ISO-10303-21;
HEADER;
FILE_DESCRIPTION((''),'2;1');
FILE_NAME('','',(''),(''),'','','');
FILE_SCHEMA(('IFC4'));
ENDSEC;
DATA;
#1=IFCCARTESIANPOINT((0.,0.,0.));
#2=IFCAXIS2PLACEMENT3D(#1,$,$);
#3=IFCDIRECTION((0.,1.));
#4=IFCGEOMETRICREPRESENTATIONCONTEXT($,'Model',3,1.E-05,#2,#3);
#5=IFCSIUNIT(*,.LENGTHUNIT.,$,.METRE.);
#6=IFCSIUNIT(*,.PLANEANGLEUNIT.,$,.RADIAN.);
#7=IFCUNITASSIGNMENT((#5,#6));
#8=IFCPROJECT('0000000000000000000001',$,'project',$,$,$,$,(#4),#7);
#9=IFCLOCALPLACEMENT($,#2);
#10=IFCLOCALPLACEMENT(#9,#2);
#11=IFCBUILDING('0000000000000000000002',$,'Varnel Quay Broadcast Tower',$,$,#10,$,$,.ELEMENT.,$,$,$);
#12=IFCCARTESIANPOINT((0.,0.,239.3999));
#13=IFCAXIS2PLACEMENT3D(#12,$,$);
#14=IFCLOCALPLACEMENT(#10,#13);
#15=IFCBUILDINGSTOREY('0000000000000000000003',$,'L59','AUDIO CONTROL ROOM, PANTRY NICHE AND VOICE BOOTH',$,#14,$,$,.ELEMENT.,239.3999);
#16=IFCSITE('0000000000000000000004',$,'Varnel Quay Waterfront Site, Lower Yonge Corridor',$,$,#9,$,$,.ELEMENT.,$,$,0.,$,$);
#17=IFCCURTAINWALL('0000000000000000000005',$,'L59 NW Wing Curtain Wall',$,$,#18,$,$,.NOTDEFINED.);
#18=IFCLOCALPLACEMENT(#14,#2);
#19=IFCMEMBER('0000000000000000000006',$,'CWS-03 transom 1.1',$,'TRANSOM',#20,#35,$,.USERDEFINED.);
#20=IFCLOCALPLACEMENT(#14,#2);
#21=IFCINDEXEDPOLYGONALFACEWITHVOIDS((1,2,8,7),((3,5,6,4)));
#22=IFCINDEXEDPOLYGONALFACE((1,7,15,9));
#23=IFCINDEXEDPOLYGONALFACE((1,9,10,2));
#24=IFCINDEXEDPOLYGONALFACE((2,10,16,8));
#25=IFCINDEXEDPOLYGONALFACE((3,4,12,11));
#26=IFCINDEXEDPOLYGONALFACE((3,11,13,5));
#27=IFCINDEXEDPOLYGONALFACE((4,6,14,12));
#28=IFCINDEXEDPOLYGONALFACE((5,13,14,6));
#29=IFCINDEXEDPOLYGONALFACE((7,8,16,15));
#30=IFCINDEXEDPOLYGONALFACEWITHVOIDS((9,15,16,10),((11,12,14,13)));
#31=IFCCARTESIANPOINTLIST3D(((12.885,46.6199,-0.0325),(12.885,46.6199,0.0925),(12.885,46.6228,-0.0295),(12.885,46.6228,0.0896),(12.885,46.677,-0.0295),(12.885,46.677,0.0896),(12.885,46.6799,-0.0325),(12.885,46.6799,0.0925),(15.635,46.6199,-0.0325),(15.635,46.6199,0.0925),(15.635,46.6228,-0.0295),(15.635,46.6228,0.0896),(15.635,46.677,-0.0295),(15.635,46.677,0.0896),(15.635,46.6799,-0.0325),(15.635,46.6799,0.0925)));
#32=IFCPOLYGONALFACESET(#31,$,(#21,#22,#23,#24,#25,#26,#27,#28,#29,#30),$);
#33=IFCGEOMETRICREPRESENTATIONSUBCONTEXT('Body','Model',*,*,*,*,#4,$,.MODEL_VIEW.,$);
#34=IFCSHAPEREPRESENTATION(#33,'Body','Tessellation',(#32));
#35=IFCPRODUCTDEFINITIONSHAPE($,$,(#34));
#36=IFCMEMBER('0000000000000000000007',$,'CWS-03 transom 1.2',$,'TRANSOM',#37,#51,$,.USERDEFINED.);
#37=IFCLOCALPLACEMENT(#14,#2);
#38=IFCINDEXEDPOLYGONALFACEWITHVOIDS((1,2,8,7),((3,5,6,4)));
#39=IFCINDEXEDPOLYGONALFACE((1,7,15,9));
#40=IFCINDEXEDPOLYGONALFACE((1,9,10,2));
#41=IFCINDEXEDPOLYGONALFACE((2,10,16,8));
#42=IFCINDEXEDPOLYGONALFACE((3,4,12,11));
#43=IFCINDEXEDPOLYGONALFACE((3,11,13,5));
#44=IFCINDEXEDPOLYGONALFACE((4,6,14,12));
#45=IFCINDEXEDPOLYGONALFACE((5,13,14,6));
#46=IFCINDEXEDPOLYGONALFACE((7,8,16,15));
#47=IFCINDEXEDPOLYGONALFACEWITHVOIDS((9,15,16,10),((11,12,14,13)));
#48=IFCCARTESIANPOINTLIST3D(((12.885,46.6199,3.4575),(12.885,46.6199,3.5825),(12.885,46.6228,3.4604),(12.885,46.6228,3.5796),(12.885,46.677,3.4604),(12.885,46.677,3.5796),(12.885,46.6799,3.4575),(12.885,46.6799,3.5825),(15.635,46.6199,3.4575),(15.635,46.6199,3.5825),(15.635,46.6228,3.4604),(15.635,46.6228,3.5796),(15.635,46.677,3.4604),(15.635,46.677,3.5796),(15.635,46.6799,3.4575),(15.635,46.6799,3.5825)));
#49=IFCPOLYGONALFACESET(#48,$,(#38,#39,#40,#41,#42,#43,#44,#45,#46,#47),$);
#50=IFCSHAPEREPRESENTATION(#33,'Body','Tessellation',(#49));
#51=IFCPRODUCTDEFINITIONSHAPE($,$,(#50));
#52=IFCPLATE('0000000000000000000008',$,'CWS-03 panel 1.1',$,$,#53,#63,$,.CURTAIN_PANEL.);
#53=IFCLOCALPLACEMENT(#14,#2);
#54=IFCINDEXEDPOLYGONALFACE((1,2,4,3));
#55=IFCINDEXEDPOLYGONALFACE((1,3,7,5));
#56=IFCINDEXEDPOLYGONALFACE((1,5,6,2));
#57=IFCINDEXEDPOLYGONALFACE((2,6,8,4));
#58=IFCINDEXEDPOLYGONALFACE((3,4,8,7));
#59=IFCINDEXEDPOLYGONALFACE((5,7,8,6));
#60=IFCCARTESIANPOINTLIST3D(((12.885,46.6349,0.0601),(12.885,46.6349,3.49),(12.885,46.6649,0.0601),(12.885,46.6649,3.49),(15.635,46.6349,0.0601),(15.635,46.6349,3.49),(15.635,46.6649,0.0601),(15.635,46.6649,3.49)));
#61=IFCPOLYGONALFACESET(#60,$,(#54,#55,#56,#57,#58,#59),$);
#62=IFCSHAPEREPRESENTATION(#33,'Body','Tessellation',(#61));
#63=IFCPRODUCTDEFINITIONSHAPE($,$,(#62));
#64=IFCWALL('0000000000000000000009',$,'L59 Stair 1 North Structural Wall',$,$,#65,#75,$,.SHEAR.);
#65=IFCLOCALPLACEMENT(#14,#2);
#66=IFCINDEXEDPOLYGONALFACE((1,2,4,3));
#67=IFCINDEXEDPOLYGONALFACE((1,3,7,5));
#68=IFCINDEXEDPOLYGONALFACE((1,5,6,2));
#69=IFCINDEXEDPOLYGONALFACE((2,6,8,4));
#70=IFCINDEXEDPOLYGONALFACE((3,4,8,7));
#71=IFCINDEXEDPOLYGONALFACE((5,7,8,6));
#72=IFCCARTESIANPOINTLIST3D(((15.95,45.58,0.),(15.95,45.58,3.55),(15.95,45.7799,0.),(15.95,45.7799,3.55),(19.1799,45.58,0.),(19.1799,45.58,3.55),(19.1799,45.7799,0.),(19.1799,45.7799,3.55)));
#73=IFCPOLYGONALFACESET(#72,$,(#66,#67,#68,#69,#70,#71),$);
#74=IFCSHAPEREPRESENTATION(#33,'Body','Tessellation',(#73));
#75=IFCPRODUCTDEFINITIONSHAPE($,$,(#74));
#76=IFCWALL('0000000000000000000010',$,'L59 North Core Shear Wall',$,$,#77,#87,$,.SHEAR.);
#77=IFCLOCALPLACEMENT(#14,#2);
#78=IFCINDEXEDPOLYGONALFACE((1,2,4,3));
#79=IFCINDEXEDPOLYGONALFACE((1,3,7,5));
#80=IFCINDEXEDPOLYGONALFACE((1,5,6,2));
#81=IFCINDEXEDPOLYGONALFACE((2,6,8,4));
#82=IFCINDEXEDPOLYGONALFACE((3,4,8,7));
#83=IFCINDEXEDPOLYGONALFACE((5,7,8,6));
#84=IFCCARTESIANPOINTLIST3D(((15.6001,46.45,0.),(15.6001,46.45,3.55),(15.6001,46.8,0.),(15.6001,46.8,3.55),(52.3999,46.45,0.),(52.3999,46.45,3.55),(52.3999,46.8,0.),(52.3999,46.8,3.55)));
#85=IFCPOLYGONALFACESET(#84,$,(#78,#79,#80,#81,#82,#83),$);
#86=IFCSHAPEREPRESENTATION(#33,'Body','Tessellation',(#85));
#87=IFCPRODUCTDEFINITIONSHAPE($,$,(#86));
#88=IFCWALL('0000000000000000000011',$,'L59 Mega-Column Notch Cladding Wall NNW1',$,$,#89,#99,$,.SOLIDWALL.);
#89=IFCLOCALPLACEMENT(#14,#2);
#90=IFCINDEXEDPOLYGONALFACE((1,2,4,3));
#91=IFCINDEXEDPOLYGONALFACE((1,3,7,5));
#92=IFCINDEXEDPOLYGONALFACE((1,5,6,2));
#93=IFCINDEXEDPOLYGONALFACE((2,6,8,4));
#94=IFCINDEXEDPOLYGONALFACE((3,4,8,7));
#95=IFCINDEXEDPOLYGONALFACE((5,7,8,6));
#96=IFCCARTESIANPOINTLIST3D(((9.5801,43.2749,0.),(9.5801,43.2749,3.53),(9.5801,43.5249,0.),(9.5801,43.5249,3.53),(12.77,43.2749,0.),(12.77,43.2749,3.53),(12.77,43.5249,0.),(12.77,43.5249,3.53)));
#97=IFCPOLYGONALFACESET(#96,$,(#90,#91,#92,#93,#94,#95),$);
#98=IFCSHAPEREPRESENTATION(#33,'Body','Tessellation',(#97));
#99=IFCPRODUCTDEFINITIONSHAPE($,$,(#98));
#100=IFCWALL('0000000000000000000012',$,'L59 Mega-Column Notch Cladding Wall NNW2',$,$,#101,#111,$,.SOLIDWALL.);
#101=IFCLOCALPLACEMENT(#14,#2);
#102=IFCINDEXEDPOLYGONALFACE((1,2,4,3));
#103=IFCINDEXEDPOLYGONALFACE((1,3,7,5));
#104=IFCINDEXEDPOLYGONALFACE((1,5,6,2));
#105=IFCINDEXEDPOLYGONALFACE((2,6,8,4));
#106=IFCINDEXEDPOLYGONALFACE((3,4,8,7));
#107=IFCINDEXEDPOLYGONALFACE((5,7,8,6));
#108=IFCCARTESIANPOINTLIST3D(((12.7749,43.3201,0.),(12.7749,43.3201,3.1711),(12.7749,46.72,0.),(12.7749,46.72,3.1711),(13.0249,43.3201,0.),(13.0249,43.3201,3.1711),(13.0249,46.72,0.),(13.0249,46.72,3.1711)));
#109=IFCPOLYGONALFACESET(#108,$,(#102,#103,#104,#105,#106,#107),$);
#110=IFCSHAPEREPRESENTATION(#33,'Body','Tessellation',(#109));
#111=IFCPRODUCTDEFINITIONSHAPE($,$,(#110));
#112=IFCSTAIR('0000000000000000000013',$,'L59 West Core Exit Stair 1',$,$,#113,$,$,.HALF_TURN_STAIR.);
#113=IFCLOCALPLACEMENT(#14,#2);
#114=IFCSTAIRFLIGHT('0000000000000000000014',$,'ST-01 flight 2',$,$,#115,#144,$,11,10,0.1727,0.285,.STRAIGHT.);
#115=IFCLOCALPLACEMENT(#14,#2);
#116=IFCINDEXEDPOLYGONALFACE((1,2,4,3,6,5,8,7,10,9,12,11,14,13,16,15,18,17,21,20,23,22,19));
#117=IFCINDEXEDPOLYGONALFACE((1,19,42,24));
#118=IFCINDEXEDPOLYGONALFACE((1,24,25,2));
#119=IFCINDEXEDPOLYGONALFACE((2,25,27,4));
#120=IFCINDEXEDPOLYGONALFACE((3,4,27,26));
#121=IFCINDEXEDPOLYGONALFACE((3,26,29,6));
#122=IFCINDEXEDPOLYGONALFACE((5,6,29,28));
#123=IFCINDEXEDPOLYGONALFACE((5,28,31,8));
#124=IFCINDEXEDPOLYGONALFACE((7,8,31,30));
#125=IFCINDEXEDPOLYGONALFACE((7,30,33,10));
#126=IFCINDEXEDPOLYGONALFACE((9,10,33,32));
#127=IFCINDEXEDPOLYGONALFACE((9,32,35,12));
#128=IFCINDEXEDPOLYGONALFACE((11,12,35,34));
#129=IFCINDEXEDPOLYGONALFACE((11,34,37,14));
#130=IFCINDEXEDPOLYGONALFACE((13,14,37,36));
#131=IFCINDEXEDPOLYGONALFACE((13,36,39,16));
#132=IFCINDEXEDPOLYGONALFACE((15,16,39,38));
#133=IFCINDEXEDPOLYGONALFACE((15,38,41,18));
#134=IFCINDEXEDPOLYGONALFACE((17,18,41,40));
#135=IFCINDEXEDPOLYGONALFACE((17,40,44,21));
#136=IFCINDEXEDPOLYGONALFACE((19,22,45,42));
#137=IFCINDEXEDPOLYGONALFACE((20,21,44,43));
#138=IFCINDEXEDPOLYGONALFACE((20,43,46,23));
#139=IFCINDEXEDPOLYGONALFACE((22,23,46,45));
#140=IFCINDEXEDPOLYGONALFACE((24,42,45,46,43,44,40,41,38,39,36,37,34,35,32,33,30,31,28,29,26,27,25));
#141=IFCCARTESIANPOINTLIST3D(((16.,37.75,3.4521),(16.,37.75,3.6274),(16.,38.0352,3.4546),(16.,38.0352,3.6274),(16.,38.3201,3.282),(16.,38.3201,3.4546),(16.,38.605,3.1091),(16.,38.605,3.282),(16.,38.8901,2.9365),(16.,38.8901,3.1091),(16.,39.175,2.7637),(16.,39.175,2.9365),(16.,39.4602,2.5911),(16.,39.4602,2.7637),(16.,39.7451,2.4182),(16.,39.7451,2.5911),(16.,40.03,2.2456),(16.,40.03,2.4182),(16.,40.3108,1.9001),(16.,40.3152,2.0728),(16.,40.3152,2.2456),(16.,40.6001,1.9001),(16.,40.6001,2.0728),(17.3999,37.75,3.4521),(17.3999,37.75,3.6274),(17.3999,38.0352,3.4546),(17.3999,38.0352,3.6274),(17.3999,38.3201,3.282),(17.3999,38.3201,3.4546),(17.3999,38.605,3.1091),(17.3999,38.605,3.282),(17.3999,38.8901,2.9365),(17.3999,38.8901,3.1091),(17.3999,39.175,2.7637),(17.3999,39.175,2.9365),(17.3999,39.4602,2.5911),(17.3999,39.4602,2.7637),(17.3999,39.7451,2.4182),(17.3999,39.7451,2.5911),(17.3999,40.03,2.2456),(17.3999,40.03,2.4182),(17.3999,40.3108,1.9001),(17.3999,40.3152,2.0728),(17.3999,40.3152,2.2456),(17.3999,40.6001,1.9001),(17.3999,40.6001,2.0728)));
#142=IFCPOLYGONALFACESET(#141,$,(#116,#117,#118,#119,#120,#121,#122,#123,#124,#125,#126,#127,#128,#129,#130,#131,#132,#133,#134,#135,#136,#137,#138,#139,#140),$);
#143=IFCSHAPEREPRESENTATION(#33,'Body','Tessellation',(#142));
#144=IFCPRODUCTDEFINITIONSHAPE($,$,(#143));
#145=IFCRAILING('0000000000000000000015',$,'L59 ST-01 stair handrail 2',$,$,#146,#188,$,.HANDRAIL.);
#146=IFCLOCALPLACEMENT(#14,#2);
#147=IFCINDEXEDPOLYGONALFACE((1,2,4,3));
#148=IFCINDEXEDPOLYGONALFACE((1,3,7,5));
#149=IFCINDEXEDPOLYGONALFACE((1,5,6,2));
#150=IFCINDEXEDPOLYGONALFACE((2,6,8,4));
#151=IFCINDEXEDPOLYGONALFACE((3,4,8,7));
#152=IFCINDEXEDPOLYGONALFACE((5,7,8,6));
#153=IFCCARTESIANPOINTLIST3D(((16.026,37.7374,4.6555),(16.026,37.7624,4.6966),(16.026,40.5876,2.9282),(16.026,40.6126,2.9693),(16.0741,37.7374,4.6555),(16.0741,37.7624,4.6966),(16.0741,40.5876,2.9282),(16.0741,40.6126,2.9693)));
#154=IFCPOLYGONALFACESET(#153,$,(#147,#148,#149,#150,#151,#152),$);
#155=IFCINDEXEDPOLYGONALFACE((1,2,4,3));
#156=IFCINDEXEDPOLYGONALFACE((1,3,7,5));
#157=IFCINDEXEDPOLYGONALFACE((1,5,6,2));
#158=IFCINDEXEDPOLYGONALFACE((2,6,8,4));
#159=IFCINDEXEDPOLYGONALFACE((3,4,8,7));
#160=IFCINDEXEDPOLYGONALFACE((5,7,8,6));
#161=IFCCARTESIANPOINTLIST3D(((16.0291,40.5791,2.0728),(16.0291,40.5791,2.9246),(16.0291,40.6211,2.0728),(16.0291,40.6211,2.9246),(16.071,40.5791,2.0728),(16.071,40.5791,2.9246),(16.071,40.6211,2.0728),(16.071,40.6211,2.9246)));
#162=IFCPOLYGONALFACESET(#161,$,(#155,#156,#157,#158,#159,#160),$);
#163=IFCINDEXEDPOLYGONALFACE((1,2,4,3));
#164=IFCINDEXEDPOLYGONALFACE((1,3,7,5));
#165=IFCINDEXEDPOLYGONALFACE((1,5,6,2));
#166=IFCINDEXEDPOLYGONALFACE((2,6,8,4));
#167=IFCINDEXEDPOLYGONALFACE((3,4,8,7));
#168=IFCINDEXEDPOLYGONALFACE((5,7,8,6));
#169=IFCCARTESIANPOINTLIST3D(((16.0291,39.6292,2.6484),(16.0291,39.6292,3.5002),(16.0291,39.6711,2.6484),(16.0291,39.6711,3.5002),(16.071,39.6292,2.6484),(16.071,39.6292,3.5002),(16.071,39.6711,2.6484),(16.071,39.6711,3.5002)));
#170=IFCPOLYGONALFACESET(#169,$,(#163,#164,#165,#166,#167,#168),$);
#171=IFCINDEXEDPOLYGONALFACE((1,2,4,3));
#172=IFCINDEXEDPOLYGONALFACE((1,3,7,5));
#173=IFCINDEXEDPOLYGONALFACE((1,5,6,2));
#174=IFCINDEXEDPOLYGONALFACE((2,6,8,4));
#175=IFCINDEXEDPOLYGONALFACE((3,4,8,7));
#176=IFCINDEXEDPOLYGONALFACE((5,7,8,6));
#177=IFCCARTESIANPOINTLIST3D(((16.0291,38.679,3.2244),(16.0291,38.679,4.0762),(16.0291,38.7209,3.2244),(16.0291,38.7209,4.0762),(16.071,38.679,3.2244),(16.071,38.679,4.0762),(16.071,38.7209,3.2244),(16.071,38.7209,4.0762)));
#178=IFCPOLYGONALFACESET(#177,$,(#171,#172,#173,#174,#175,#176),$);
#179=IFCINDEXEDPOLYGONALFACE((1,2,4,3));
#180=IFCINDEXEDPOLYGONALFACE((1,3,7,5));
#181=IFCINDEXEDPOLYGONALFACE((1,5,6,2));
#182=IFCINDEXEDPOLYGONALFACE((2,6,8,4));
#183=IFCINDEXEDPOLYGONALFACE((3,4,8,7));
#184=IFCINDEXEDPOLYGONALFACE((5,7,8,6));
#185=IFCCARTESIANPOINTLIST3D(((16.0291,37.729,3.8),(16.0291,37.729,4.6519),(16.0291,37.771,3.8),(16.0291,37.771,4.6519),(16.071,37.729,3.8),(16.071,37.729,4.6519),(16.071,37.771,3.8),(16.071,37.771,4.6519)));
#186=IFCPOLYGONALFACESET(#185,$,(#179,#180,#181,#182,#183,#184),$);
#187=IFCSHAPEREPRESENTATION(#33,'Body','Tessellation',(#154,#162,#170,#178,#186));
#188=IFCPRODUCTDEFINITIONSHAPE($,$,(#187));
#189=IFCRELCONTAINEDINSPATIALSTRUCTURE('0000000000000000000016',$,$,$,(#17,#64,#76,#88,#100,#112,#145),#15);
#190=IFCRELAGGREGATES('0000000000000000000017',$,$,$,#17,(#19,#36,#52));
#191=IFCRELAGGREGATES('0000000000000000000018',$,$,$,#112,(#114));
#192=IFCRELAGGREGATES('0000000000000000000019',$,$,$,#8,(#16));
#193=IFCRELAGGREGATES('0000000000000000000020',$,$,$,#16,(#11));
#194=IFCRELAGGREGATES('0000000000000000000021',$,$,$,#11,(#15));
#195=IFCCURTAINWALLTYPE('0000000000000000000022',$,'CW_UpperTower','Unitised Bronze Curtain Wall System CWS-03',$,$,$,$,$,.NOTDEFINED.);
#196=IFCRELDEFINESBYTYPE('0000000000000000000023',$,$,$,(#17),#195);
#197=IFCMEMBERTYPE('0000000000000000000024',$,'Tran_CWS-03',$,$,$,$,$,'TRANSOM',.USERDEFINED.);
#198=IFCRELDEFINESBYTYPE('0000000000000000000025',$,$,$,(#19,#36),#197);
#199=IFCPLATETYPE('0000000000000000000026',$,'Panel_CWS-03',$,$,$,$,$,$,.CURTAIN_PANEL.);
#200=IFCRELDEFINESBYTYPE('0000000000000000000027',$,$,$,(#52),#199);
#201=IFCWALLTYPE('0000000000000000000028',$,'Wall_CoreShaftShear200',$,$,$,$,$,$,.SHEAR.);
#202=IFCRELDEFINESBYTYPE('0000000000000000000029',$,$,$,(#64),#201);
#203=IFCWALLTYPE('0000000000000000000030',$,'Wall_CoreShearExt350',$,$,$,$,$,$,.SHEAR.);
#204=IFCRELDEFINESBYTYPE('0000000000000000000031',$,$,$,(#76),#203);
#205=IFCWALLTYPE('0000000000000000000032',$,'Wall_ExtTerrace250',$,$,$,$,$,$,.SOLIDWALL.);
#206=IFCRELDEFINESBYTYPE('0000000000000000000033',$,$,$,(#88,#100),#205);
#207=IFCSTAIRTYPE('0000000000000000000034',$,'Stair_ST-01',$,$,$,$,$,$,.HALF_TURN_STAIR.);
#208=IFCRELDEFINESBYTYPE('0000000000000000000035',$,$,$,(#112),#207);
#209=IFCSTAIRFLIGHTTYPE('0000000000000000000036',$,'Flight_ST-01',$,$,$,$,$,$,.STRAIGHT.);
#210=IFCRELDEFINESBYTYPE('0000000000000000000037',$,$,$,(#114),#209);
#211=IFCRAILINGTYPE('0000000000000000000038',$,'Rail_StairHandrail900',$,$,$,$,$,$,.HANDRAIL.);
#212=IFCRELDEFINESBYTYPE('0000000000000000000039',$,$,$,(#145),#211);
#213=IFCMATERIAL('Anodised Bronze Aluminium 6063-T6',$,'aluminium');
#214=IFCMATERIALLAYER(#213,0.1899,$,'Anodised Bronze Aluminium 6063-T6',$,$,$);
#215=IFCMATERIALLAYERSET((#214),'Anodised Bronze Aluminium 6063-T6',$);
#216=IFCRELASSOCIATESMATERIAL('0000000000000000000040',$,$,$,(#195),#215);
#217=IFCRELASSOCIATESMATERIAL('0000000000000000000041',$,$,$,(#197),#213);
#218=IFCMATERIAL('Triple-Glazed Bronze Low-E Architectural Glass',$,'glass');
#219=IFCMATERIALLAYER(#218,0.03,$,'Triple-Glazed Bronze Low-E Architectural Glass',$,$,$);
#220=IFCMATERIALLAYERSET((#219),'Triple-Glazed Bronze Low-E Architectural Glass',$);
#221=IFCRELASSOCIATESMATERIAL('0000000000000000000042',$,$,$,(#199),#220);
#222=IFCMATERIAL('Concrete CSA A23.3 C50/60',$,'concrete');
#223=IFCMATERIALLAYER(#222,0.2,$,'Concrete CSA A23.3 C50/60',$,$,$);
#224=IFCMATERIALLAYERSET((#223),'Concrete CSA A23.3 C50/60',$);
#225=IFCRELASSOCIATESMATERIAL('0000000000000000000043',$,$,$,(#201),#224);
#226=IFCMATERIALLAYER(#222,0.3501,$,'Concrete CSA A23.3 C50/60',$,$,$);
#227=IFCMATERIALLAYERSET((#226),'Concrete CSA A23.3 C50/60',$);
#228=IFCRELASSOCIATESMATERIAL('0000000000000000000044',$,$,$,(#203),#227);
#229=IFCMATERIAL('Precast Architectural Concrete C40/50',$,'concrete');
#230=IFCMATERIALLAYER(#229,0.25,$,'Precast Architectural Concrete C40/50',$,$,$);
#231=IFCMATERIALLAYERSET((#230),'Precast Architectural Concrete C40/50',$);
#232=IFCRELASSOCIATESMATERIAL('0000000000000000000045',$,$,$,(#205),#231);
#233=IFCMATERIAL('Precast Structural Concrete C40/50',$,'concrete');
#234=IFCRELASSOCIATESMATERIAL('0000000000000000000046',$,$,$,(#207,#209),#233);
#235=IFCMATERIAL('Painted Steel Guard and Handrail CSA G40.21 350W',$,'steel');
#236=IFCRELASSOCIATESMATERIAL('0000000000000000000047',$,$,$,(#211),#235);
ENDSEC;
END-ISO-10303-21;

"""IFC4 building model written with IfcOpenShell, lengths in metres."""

from ifc_helpers import new_model, si_unit, direction, frame, frame_2d, origin, origin_2d, place, context, subcontext, project, spatial, polyline, rectangle, hollow_rectangle, outline, extrude, source, transform, mapped, material, layer, layer_set, material_profile, profile_set, type_object, type_shapes, element, aggregate, save


model = new_model("IFC4")

# Units and contexts
model_context = context("Model", 3, precision=1e-05, world=origin(), true_north=direction((0.0, 1.0)))
body_context = subcontext(model_context, "Body", "Model", "MODEL_VIEW")
ifc_project = project(units=[si_unit("LENGTHUNIT", "METRE"), si_unit("PLANEANGLEUNIT", "RADIAN")], contexts=[model_context])

# Site, building, storey
site_placement = place(None, origin())
site = spatial("IfcSite", under=ifc_project, at=site_placement, Name="Varnel Quay Waterfront Site, Lower Yonge Corridor", CompositionType="ELEMENT", RefElevation=0.0)
building_placement = place(site_placement, origin())
building = spatial("IfcBuilding", under=site, at=building_placement, Name="Varnel Quay Broadcast Tower", CompositionType="ELEMENT")
storey_placement = place(building_placement, frame((0.0, 0.0, 239.3999)))
storey = spatial("IfcBuildingStorey", under=building, at=storey_placement, Name="L59", Description="AUDIO CONTROL ROOM, PANTRY NICHE AND VOICE BOOTH", CompositionType="ELEMENT", Elevation=239.3999)

# Shared definitions
ifc_material_1 = material(Name="Anodised Bronze Aluminium 6063-T6", Category="aluminium")
ifc_layer_1 = layer(ifc_material_1, 0.1899, Name="Anodised Bronze Aluminium 6063-T6")
ifc_layer_set_1 = layer_set([ifc_layer_1], Name="Anodised Bronze Aluminium 6063-T6")
curtain_wall_type = type_object("IfcCurtainWallType", Name="CW_UpperTower", Description="Unitised Bronze Curtain Wall System CWS-03", PredefinedType="NOTDEFINED", material=ifc_layer_set_1)

# Curtain wall, members, plate
curtain_wall_1_placement = place(storey_placement, origin())
curtain_wall_1 = element("IfcCurtainWall", 1, at=curtain_wall_1_placement, inside=storey, type_object=curtain_wall_type, Name="L59 NW Wing Curtain Wall", PredefinedType="NOTDEFINED")
ifc_material_profile_1 = material_profile(ifc_material_1, hollow_rectangle(XDim=0.0601, YDim=0.125, WallThickness=0.0029, at=origin_2d()), Name="ALU60X125X3")
ifc_profile_set_1 = profile_set([ifc_material_profile_1], Name="Anodised Bronze Aluminium 6063-T6")
member_type_1 = type_object("IfcMemberType", Name="Tran_CWS-03", ElementType="TRANSOM", PredefinedType="USERDEFINED", material=ifc_profile_set_1)
shared_shape_1 = source(origin(), body_context, "Body", "SweptSolid", [
    extrude(hollow_rectangle(XDim=0.0601, YDim=0.125, WallThickness=0.0029, at=origin_2d()), origin(), (0.0, 0.0, 1.0), 2.75),
])
type_shapes(member_type_1, [shared_shape_1])
member_1_placement = place(storey_placement, frame((12.885, 46.6499, 0.03), z_axis=(1.0, 0.0, 0.0), x_axis=(0.0, 1.0, 0.0)))
member_1 = element("IfcMember", 2, at=member_1_placement, type_object=member_type_1, Name="CWS-03 transom 1.1", ObjectType="TRANSOM", PredefinedType="USERDEFINED", context=body_context, shape_type="MappedRepresentation", body=[
    mapped(shared_shape_1, transform((0.0, 0.0, 0.0), x_axis=(1.0, 0.0, 0.0), y_axis=(0.0, 1.0, 0.0), z_axis=(0.0, 0.0, 1.0), scale=1.0)),
])
member_2_placement = place(storey_placement, frame((12.885, 46.6499, 3.52), z_axis=(1.0, 0.0, 0.0), x_axis=(0.0, 1.0, 0.0)))
member_2 = element("IfcMember", 3, at=member_2_placement, type_object=member_type_1, Name="CWS-03 transom 1.2", ObjectType="TRANSOM", PredefinedType="USERDEFINED", context=body_context, shape_type="MappedRepresentation", body=[
    mapped(shared_shape_1, transform((0.0, 0.0, 0.0), x_axis=(1.0, 0.0, 0.0), y_axis=(0.0, 1.0, 0.0), z_axis=(0.0, 0.0, 1.0), scale=1.0)),
])
ifc_material_2 = material(Name="Triple-Glazed Bronze Low-E Architectural Glass", Category="glass")
ifc_layer_2 = layer(ifc_material_2, 0.03, Name="Triple-Glazed Bronze Low-E Architectural Glass")
ifc_layer_set_2 = layer_set([ifc_layer_2], Name="Triple-Glazed Bronze Low-E Architectural Glass")
plate_type = type_object("IfcPlateType", Name="Panel_CWS-03", PredefinedType="CURTAIN_PANEL", material=ifc_layer_set_2)
shared_shape_2 = source(origin(), body_context, "Body", "SweptSolid", [
    extrude(rectangle(XDim=2.75, YDim=0.03, at=origin_2d()), origin(), (0.0, 0.0, 1.0), 3.4299),
])
type_shapes(plate_type, [shared_shape_2])
plate_placement = place(storey_placement, frame((14.26, 46.6499, 0.0601), z_axis=(0.0, 0.0, 1.0), x_axis=(1.0, 0.0, 0.0)))
plate = element("IfcPlate", 4, at=plate_placement, type_object=plate_type, Name="CWS-03 panel 1.1", PredefinedType="CURTAIN_PANEL", context=body_context, shape_type="MappedRepresentation", body=[
    mapped(shared_shape_2, transform((0.0, 0.0, 0.0), x_axis=(1.0, 0.0, 0.0), y_axis=(0.0, 1.0, 0.0), z_axis=(0.0, 0.0, 1.0), scale=1.0)),
])
aggregate(curtain_wall_1, [member_1, member_2, plate])

# Walls
ifc_material_3 = material(Name="Concrete CSA A23.3 C50/60", Category="concrete")
ifc_layer_3 = layer(ifc_material_3, 0.2, Name="Concrete CSA A23.3 C50/60")
ifc_layer_set_3 = layer_set([ifc_layer_3], Name="Concrete CSA A23.3 C50/60")
wall_type_1 = type_object("IfcWallType", Name="Wall_CoreShaftShear200", PredefinedType="SHEAR", material=ifc_layer_set_3)
wall_1_placement = place(storey_placement, frame((15.95, 45.6799, 0.0), z_axis=(0.0, 0.0, 1.0), x_axis=(1.0, 0.0, 0.0)))
element("IfcWall", 5, at=wall_1_placement, inside=storey, type_object=wall_type_1, Name="L59 Stair 1 North Structural Wall", PredefinedType="SHEAR", context=body_context, shape_type="SweptSolid", body=[
    extrude(rectangle(XDim=3.23, YDim=0.2, at=frame_2d((1.615, 0.0))), origin(), (0.0, 0.0, 1.0), 3.55),
])
ifc_layer_4 = layer(ifc_material_3, 0.3501, Name="Concrete CSA A23.3 C50/60")
ifc_layer_set_4 = layer_set([ifc_layer_4], Name="Concrete CSA A23.3 C50/60")
wall_type_2 = type_object("IfcWallType", Name="Wall_CoreShearExt350", PredefinedType="SHEAR", material=ifc_layer_set_4)
wall_2_placement = place(storey_placement, frame((15.6001, 46.625, 0.0), z_axis=(0.0, 0.0, 1.0), x_axis=(1.0, 0.0, 0.0)))
element("IfcWall", 6, at=wall_2_placement, inside=storey, type_object=wall_type_2, Name="L59 North Core Shear Wall", PredefinedType="SHEAR", context=body_context, shape_type="SweptSolid", body=[
    extrude(rectangle(XDim=36.7998, YDim=0.3501, at=frame_2d((18.3999, 0.0))), origin(), (0.0, 0.0, 1.0), 3.55),
])
ifc_material_4 = material(Name="Precast Architectural Concrete C40/50", Category="concrete")
ifc_layer_5 = layer(ifc_material_4, 0.25, Name="Precast Architectural Concrete C40/50")
ifc_layer_set_5 = layer_set([ifc_layer_5], Name="Precast Architectural Concrete C40/50")
wall_type_3 = type_object("IfcWallType", Name="Wall_ExtTerrace250", PredefinedType="SOLIDWALL", material=ifc_layer_set_5)
wall_3_placement = place(storey_placement, frame((9.5801, 43.3999, 0.0), z_axis=(0.0, 0.0, 1.0), x_axis=(1.0, 0.0, 0.0)))
element("IfcWall", 7, at=wall_3_placement, inside=storey, type_object=wall_type_3, Name="L59 Mega-Column Notch Cladding Wall NNW1", PredefinedType="SOLIDWALL", context=body_context, shape_type="SweptSolid", body=[
    extrude(rectangle(XDim=3.1899, YDim=0.25, at=frame_2d((1.595, 0.0))), origin(), (0.0, 0.0, 1.0), 3.53),
])
wall_4_placement = place(storey_placement, frame((12.8999, 43.3201, 0.0), z_axis=(0.0, 0.0, 1.0), x_axis=(0.0, 1.0, 0.0)))
element("IfcWall", 8, at=wall_4_placement, inside=storey, type_object=wall_type_3, Name="L59 Mega-Column Notch Cladding Wall NNW2", PredefinedType="SOLIDWALL", context=body_context, shape_type="SweptSolid", body=[
    extrude(rectangle(XDim=3.3999, YDim=0.25, at=frame_2d((1.7, 0.0))), origin(), (0.0, 0.0, 1.0), 3.1711),
])

# Stair, stair flight
ifc_material_5 = material(Name="Precast Structural Concrete C40/50", Category="concrete")
stair_type = type_object("IfcStairType", Name="Stair_ST-01", PredefinedType="HALF_TURN_STAIR", material=ifc_material_5)
stair_placement = place(storey_placement, origin())
stair = element("IfcStair", 9, at=stair_placement, inside=storey, type_object=stair_type, Name="L59 West Core Exit Stair 1", PredefinedType="HALF_TURN_STAIR")
stair_flight_type = type_object("IfcStairFlightType", Name="Flight_ST-01", PredefinedType="STRAIGHT", material=ifc_material_5)
stair_flight_placement = place(storey_placement, frame((16.7, 40.6001, 1.9001), z_axis=(0.0, 0.0, 1.0), x_axis=(0.0, -1.0, 0.0)))
stair_flight = element("IfcStairFlight", 10, at=stair_flight_placement, type_object=stair_flight_type, Name="ST-01 flight 2", NumberOfRisers=11, NumberOfTreads=10, PredefinedType="STRAIGHT", RiserHeight=0.1727, TreadLength=0.285, context=body_context, shape_type="SweptSolid", body=[
    extrude(outline(polyline([(0.0, 0.0), (0.0, 0.1726), (0.2849, 0.1726), (0.2849, 0.3455), (0.5701, 0.3455), (0.5701, 0.5181), (0.855, 0.5181), (0.855, 0.6909), (1.1399, 0.6909), (1.1399, 0.8635), (1.425, 0.8635), (1.425, 1.0364), (1.71, 1.0364), (1.71, 1.209), (1.9951, 1.209), (1.9951, 1.3818), (2.28, 1.3818), (2.28, 1.5544), (2.5649, 1.5544), (2.5649, 1.7273), (2.8501, 1.7273), (2.8501, 1.8999), (2.8501, 1.552), (0.2893, 0.0), (0.0, 0.0)])), frame((0.0, 0.7, 0.0), z_axis=(0.0, -1.0, 0.0), x_axis=(1.0, 0.0, 0.0)), (0.0, 0.0, 1.0), 1.3999),
])
aggregate(stair, [stair_flight])

# Railing
ifc_material_6 = material(Name="Painted Steel Guard and Handrail CSA G40.21 350W", Category="steel")
railing_type = type_object("IfcRailingType", Name="Rail_StairHandrail900", PredefinedType="HANDRAIL", material=ifc_material_6)
railing_placement = place(storey_placement, frame((16.05, 40.6001, 2.0728)))
element("IfcRailing", 11, at=railing_placement, inside=storey, type_object=railing_type, Name="L59 ST-01 stair handrail 2", PredefinedType="HANDRAIL", context=body_context, shape_type="SweptSolid", body=[
    extrude(rectangle(XDim=0.0481, YDim=0.0481, at=origin_2d()), frame((0.0, 0.0, 0.876), z_axis=(0.0, -0.855203, 0.518294), x_axis=(1.0, 0.0, 0.0)), (0.0, 0.0, 1.0), 3.3328),
    extrude(rectangle(XDim=0.042, YDim=0.042, at=origin_2d()), origin(), (0.0, 0.0, 1.0), 0.8518),
    extrude(rectangle(XDim=0.042, YDim=0.042, at=origin_2d()), frame((0.0, -0.95, 0.5757)), (0.0, 0.0, 1.0), 0.8518),
    extrude(rectangle(XDim=0.042, YDim=0.042, at=origin_2d()), frame((0.0, -1.9001, 1.1516)), (0.0, 0.0, 1.0), 0.8518),
    extrude(rectangle(XDim=0.042, YDim=0.042, at=origin_2d()), frame((0.0, -2.8501, 1.7273)), (0.0, 0.0, 1.0), 0.8518),
])

save(model, "model.ifc")
